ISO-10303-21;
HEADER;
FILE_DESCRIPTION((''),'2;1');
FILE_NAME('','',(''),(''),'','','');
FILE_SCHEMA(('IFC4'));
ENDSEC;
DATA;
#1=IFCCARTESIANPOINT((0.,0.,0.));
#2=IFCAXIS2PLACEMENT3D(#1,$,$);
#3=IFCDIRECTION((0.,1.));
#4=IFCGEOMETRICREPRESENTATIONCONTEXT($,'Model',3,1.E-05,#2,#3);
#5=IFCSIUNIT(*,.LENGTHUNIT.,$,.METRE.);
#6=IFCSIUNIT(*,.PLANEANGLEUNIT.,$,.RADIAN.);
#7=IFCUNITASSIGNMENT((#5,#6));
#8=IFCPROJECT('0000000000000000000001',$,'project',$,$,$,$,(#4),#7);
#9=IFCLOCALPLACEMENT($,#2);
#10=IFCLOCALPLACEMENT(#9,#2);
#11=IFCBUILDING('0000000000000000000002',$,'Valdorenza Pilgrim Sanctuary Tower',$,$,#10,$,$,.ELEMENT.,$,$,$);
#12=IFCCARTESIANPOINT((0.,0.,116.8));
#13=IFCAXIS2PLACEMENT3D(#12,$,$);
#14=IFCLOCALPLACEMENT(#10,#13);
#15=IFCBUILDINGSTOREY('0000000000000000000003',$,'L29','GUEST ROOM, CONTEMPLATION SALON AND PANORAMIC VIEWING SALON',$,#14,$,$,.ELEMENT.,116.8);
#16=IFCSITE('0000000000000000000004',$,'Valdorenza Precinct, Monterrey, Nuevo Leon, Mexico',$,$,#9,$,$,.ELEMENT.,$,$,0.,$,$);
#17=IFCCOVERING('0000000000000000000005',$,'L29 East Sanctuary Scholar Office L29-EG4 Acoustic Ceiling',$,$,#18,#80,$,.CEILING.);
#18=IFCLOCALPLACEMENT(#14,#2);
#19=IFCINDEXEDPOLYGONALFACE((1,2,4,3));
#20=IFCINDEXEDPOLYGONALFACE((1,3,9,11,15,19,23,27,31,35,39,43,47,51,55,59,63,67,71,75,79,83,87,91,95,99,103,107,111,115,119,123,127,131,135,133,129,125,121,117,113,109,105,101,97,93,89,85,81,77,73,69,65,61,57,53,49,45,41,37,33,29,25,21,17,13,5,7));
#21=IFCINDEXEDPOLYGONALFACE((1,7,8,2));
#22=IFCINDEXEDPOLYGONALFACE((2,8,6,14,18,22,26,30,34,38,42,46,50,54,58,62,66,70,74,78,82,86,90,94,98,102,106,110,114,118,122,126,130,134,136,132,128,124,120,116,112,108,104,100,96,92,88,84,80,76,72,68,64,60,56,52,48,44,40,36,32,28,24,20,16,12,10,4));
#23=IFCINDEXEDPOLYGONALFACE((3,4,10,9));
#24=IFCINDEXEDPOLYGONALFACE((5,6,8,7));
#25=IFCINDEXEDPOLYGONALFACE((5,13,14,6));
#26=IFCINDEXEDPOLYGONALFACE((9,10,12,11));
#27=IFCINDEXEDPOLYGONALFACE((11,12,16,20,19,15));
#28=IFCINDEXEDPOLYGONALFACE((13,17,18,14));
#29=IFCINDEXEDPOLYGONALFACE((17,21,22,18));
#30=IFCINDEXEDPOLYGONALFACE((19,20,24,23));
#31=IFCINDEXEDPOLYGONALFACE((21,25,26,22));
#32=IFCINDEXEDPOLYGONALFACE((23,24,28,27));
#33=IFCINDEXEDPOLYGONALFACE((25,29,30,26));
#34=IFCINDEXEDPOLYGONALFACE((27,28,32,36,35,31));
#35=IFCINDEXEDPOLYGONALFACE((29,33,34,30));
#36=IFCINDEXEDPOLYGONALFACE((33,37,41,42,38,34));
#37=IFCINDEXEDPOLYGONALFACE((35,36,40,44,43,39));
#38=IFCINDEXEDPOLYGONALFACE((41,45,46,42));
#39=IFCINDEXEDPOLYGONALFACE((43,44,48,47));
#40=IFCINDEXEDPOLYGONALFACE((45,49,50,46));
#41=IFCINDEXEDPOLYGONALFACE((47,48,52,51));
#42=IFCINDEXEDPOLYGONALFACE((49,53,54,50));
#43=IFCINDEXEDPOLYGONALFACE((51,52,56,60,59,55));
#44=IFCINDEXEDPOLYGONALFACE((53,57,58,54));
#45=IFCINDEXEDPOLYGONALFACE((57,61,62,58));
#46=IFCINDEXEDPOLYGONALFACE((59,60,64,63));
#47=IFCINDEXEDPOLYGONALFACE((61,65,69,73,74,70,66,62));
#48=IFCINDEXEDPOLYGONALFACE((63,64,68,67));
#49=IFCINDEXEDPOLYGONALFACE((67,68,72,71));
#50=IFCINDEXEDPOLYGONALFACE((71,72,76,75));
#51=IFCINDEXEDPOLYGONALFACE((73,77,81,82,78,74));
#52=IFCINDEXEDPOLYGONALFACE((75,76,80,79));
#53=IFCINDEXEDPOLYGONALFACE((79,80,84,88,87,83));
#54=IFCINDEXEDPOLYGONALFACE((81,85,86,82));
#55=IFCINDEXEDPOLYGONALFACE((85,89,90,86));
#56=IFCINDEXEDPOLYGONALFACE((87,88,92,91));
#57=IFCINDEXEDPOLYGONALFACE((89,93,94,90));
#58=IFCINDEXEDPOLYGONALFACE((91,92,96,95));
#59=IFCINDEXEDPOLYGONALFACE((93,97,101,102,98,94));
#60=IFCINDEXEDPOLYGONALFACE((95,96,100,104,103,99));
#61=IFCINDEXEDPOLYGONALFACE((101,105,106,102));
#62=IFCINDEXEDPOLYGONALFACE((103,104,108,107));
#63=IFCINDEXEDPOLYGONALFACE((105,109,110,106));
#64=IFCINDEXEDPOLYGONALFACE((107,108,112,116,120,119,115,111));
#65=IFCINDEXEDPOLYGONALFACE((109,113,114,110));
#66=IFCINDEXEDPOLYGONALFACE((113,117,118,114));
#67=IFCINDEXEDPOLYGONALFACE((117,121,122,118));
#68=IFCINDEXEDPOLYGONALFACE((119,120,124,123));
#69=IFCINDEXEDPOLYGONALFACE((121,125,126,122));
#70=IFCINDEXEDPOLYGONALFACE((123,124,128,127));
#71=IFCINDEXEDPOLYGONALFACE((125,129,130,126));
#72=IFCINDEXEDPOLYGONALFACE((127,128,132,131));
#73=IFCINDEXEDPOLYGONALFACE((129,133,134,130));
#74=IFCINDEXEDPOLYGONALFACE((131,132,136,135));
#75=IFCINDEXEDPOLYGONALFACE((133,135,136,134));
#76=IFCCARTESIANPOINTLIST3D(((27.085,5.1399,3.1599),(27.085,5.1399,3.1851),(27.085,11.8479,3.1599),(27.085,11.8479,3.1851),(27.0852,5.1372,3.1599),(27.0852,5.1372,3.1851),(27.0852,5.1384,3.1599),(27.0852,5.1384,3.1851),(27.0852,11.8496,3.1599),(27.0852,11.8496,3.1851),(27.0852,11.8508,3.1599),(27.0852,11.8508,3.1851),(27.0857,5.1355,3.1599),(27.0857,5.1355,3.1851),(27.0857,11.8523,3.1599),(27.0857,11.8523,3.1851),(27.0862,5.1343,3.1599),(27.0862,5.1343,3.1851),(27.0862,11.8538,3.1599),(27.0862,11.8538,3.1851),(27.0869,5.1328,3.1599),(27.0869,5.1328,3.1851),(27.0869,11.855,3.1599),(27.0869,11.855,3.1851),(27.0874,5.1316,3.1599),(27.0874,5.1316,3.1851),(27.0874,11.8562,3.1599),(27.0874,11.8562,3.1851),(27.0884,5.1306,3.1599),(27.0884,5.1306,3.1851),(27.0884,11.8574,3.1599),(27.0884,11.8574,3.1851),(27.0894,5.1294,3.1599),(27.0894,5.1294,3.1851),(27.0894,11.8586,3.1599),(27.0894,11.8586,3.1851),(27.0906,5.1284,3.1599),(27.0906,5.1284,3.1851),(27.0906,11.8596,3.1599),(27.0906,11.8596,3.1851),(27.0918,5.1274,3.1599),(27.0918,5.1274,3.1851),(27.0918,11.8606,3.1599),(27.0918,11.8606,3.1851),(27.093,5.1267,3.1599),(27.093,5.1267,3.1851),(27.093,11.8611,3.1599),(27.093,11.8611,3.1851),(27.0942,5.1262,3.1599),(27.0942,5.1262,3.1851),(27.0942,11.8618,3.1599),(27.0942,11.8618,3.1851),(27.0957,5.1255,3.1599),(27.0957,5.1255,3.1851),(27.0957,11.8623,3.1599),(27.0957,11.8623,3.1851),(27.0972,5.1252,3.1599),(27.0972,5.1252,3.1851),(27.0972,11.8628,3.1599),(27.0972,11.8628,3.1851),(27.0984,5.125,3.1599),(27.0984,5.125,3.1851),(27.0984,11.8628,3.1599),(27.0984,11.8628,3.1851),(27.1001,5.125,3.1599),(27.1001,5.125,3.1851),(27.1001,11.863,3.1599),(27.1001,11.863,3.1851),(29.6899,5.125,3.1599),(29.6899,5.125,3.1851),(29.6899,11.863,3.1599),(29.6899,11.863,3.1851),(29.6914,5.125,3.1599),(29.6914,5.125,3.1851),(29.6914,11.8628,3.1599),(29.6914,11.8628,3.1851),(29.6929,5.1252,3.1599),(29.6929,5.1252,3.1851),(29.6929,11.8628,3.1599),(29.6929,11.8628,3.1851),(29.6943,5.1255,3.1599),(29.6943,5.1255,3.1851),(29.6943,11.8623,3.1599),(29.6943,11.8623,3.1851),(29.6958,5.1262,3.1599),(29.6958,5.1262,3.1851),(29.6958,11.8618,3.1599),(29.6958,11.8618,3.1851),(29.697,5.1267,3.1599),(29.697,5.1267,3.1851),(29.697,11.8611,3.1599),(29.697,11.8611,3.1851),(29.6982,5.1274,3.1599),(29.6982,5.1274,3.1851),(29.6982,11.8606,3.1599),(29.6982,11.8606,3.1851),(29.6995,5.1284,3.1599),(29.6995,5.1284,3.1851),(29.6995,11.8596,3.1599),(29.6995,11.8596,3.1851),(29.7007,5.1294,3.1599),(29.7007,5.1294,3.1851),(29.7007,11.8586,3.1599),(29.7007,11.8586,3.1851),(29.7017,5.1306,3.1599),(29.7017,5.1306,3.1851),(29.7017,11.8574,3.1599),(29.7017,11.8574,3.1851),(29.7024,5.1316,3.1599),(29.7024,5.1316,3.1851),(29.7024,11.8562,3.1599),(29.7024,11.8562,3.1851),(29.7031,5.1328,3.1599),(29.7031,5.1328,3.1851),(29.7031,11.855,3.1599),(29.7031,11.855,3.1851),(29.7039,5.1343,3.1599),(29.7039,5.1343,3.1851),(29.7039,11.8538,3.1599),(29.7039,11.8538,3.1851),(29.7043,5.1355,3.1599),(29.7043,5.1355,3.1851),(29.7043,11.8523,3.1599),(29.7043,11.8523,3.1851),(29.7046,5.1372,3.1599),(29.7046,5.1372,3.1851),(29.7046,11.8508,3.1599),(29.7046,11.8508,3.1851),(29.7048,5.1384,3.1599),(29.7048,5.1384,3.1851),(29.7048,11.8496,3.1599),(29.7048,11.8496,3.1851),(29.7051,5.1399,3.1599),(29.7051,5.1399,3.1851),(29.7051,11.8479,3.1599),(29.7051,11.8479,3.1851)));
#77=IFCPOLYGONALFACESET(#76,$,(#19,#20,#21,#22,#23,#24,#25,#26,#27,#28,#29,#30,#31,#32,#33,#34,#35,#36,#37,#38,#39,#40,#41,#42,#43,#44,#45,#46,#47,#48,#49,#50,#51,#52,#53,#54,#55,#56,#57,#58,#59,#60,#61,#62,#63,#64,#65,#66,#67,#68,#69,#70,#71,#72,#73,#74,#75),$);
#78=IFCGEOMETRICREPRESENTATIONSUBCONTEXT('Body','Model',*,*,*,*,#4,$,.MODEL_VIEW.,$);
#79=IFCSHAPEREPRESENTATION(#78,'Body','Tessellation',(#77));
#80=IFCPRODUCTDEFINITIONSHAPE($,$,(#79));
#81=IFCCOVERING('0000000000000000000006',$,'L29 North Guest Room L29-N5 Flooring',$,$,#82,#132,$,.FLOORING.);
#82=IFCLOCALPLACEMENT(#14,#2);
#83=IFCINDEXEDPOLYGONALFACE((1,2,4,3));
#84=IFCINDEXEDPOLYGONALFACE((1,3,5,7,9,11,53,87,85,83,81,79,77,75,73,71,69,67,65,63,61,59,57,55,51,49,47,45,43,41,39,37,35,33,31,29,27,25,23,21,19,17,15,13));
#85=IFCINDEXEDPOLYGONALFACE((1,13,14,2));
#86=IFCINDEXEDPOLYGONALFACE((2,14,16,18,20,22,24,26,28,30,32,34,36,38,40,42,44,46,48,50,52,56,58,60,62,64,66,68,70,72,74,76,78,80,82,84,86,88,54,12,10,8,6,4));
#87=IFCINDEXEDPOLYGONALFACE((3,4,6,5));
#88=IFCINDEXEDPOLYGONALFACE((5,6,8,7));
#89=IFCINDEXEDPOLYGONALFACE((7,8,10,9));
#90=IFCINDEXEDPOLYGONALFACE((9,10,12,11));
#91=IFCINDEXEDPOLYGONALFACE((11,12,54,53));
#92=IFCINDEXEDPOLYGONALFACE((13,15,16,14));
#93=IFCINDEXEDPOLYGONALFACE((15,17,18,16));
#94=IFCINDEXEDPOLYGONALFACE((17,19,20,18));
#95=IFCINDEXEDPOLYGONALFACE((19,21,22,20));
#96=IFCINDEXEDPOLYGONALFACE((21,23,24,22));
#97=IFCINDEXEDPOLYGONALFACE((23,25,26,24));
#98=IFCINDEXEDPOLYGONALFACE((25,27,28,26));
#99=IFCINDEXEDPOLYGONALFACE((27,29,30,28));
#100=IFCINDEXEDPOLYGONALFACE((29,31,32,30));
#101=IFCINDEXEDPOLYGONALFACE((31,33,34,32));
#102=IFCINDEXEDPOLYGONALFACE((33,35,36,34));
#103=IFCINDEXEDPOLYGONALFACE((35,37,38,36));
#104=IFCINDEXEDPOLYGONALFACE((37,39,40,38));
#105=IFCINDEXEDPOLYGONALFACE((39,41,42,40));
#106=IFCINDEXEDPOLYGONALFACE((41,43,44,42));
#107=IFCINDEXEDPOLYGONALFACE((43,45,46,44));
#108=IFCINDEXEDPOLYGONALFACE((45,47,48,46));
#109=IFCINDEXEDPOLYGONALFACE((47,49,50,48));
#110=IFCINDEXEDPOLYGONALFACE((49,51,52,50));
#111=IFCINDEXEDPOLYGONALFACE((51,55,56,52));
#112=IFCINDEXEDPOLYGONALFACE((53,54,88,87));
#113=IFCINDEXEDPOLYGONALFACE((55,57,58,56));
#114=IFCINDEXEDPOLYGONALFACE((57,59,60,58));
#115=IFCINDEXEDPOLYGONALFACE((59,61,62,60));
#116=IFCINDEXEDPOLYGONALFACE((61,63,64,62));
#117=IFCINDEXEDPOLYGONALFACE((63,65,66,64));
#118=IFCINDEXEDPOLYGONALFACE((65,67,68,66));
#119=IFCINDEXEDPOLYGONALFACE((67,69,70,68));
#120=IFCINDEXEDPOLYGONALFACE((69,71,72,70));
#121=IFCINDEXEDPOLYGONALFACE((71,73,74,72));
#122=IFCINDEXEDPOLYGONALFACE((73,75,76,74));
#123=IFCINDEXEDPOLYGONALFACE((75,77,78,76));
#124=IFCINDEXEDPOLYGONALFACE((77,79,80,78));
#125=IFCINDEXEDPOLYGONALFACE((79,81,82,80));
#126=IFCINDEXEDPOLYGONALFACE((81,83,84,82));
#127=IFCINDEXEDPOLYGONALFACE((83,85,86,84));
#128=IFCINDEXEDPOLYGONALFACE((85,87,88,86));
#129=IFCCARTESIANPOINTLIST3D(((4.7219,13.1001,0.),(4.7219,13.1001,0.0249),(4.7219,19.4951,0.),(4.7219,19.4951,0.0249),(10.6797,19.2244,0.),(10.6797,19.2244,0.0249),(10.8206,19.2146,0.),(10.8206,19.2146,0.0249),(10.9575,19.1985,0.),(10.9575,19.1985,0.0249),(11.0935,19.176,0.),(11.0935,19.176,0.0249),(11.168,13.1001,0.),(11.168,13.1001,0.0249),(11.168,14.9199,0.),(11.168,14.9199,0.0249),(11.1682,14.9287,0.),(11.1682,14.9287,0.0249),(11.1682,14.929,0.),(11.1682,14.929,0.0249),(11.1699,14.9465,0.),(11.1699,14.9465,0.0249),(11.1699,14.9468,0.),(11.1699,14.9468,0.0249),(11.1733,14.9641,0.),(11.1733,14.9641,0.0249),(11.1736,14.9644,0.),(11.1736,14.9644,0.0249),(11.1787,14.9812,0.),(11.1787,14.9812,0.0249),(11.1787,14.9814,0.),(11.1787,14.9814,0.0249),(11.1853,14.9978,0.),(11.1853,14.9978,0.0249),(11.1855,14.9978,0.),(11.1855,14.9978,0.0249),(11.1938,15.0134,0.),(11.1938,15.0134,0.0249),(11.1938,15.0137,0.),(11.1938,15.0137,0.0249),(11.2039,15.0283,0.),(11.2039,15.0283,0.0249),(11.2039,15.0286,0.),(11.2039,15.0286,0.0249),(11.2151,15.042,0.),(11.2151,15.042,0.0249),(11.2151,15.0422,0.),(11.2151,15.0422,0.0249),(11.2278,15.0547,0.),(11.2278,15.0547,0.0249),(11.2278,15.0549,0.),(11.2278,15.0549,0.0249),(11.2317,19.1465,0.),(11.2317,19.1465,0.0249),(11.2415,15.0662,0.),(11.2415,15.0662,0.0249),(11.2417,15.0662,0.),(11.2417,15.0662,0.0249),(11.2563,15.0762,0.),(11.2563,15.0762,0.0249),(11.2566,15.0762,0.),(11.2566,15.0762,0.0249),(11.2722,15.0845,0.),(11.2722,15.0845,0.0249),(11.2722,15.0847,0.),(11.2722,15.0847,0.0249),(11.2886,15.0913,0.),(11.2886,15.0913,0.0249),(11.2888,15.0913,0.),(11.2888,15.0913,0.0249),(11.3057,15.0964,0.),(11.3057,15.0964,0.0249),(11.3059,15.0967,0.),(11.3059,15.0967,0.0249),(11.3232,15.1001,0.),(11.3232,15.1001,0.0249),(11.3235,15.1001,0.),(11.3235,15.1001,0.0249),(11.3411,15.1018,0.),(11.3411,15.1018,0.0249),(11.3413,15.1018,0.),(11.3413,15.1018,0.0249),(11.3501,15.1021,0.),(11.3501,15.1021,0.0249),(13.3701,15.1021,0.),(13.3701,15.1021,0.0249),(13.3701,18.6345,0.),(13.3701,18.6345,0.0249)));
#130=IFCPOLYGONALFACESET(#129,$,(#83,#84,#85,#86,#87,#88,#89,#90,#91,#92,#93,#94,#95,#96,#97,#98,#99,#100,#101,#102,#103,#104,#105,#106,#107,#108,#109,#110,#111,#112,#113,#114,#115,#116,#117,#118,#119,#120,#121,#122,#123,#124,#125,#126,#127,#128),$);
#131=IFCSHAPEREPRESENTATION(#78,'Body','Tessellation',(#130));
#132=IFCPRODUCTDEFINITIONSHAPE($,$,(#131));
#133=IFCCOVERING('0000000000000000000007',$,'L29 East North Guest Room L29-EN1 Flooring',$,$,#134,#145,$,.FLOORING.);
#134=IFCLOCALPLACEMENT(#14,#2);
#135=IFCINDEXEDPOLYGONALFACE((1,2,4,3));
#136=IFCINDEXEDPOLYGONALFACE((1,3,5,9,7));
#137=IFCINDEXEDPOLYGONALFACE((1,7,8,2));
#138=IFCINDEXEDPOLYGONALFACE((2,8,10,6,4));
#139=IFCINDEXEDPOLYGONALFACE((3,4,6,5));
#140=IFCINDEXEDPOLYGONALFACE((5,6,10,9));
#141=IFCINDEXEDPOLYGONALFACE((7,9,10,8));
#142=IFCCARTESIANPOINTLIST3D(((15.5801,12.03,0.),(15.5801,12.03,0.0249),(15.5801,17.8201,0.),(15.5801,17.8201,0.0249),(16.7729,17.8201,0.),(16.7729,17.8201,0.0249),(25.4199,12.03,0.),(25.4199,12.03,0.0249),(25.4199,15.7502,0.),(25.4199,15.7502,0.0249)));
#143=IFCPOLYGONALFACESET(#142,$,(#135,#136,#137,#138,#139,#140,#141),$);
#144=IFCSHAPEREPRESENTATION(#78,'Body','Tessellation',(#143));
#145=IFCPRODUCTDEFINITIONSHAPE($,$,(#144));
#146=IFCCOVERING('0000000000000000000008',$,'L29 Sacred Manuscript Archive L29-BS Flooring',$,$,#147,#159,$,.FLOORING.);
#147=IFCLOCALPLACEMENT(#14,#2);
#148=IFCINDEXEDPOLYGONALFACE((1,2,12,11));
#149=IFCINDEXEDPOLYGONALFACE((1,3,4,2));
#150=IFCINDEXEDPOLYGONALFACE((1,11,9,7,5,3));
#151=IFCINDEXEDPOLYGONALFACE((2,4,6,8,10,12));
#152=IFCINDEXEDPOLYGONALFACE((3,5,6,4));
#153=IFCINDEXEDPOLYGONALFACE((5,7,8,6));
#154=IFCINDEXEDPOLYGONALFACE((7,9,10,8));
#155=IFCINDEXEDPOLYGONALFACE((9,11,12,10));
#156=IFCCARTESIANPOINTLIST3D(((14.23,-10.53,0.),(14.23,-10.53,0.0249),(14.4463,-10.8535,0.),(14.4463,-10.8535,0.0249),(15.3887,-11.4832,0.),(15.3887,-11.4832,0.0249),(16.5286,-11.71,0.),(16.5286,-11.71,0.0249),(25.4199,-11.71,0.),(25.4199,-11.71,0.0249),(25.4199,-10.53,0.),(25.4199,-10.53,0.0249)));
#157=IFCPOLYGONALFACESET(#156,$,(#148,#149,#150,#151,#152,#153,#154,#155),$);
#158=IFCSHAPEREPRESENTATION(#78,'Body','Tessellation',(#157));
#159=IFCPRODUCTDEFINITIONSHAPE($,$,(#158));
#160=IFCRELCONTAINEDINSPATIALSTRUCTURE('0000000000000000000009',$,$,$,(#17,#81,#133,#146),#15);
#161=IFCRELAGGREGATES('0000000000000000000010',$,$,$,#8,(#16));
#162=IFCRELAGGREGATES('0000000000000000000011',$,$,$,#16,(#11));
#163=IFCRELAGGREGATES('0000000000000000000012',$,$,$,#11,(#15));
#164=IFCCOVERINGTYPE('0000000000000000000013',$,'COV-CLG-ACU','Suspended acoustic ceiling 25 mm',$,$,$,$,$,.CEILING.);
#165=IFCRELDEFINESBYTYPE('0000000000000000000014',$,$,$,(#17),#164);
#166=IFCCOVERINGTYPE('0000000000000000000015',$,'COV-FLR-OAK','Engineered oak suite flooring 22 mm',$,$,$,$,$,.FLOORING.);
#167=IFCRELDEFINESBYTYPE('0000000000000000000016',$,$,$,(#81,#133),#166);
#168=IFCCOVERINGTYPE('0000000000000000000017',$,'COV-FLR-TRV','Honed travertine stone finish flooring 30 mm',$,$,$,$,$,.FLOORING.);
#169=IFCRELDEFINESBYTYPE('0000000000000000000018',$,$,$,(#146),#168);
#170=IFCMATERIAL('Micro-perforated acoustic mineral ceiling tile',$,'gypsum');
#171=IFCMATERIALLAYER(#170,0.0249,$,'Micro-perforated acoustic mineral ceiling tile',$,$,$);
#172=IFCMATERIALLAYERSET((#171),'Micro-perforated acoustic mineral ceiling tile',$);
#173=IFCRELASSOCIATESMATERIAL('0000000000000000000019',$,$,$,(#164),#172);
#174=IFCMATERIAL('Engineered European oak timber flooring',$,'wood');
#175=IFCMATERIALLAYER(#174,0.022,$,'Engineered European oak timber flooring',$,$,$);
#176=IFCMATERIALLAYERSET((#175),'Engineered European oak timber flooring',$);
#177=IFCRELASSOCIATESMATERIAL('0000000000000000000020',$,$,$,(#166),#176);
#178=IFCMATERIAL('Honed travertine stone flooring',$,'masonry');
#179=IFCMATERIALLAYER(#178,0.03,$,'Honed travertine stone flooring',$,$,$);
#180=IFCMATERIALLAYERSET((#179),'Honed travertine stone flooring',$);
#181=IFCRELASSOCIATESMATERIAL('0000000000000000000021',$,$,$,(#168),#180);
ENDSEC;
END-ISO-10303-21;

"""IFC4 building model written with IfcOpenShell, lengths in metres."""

from ifc_helpers import new_model, si_unit, direction, frame, origin, place, context, subcontext, project, spatial, polyline, outline, extrude, material, layer, layer_set, type_object, element, save


model = new_model("IFC4")

# Units and contexts
model_context = context("Model", 3, precision=1e-05, world=origin(), true_north=direction((0.0, 1.0)))
body_context = subcontext(model_context, "Body", "Model", "MODEL_VIEW")
ifc_project = project(units=[si_unit("LENGTHUNIT", "METRE"), si_unit("PLANEANGLEUNIT", "RADIAN")], contexts=[model_context])

# Site, building, storey
site_placement = place(None, origin())
site = spatial("IfcSite", under=ifc_project, at=site_placement, Name="Valdorenza Precinct, Monterrey, Nuevo Leon, Mexico", CompositionType="ELEMENT", RefElevation=0.0)
building_placement = place(site_placement, origin())
building = spatial("IfcBuilding", under=site, at=building_placement, Name="Valdorenza Pilgrim Sanctuary Tower", CompositionType="ELEMENT")
storey_placement = place(building_placement, frame((0.0, 0.0, 116.8)))
storey = spatial("IfcBuildingStorey", under=building, at=storey_placement, Name="L29", Description="GUEST ROOM, CONTEMPLATION SALON AND PANORAMIC VIEWING SALON", CompositionType="ELEMENT", Elevation=116.8)

# Coverings
ifc_material_1 = material(Name="Micro-perforated acoustic mineral ceiling tile", Category="gypsum")
ifc_layer_1 = layer(ifc_material_1, 0.0249, Name="Micro-perforated acoustic mineral ceiling tile")
ifc_layer_set_1 = layer_set([ifc_layer_1], Name="Micro-perforated acoustic mineral ceiling tile")
covering_type_1 = type_object("IfcCoveringType", Name="COV-CLG-ACU", Description="Suspended acoustic ceiling 25 mm", PredefinedType="CEILING", material=ifc_layer_set_1)
covering_1_placement = place(storey_placement, frame((0.0, 0.0, 3.1599)))
element("IfcCovering", 1, at=covering_1_placement, inside=storey, type_object=covering_type_1, Name="L29 East Sanctuary Scholar Office L29-EG4 Acoustic Ceiling", PredefinedType="CEILING", context=body_context, shape_type="SweptSolid", body=[
    extrude(outline(polyline([(27.085, 11.8479), (27.0852, 11.8496), (27.0852, 11.8508), (27.0857, 11.8523), (27.0862, 11.8538), (27.0869, 11.855), (27.0874, 11.8562), (27.0884, 11.8574), (27.0894, 11.8586), (27.0906, 11.8596), (27.0918, 11.8606), (27.093, 11.8611), (27.0942, 11.8618), (27.0957, 11.8623), (27.0972, 11.8628), (27.0984, 11.8628), (27.1001, 11.863), (29.6899, 11.863), (29.6914, 11.8628), (29.6929, 11.8628), (29.6943, 11.8623), (29.6958, 11.8618), (29.697, 11.8611), (29.6982, 11.8606), (29.6995, 11.8596), (29.7007, 11.8586), (29.7017, 11.8574), (29.7024, 11.8562), (29.7031, 11.855), (29.7039, 11.8538), (29.7043, 11.8523), (29.7046, 11.8508), (29.7048, 11.8496), (29.7051, 11.8479), (29.7051, 5.1399), (29.7048, 5.1384), (29.7046, 5.1372), (29.7043, 5.1355), (29.7039, 5.1343), (29.7031, 5.1328), (29.7024, 5.1316), (29.7017, 5.1306), (29.7007, 5.1294), (29.6995, 5.1284), (29.6982, 5.1274), (29.697, 5.1267), (29.6958, 5.1262), (29.6943, 5.1255), (29.6929, 5.1252), (29.6914, 5.125), (29.6899, 5.125), (27.1001, 5.125), (27.0984, 5.125), (27.0972, 5.1252), (27.0957, 5.1255), (27.0942, 5.1262), (27.093, 5.1267), (27.0918, 5.1274), (27.0906, 5.1284), (27.0894, 5.1294), (27.0884, 5.1306), (27.0874, 5.1316), (27.0869, 5.1328), (27.0862, 5.1343), (27.0857, 5.1355), (27.0852, 5.1372), (27.0852, 5.1384), (27.085, 5.1399), (27.085, 11.8479)])), origin(), (0.0, 0.0, 1.0), 0.0251),
])
ifc_material_2 = material(Name="Engineered European oak timber flooring", Category="wood")
ifc_layer_2 = layer(ifc_material_2, 0.022, Name="Engineered European oak timber flooring")
ifc_layer_set_2 = layer_set([ifc_layer_2], Name="Engineered European oak timber flooring")
covering_type_2 = type_object("IfcCoveringType", Name="COV-FLR-OAK", Description="Engineered oak suite flooring 22 mm", PredefinedType="FLOORING", material=ifc_layer_set_2)
covering_2_placement = place(storey_placement, origin())
element("IfcCovering", 2, at=covering_2_placement, inside=storey, type_object=covering_type_2, Name="L29 North Guest Room L29-N5 Flooring", PredefinedType="FLOORING", context=body_context, shape_type="SweptSolid", body=[
    extrude(outline(polyline([(10.6797, 19.2244), (10.8206, 19.2146), (10.9575, 19.1985), (11.0935, 19.176), (11.2317, 19.1465), (13.3701, 18.6345), (13.3701, 15.1021), (11.3501, 15.1021), (11.3413, 15.1018), (11.3411, 15.1018), (11.3235, 15.1001), (11.3232, 15.1001), (11.3059, 15.0967), (11.3057, 15.0964), (11.2888, 15.0913), (11.2886, 15.0913), (11.2722, 15.0847), (11.2722, 15.0845), (11.2566, 15.0762), (11.2563, 15.0762), (11.2417, 15.0662), (11.2415, 15.0662), (11.2278, 15.0549), (11.2278, 15.0547), (11.2151, 15.0422), (11.2151, 15.042), (11.2039, 15.0286), (11.2039, 15.0283), (11.1938, 15.0137), (11.1938, 15.0134), (11.1855, 14.9978), (11.1853, 14.9978), (11.1787, 14.9814), (11.1787, 14.9812), (11.1736, 14.9644), (11.1733, 14.9641), (11.1699, 14.9468), (11.1699, 14.9465), (11.1682, 14.929), (11.1682, 14.9287), (11.168, 14.9199), (11.168, 13.1001), (4.7219, 13.1001), (4.7219, 19.4951), (10.6797, 19.2244)])), origin(), (0.0, 0.0, 1.0), 0.0249),
])
covering_3_placement = place(storey_placement, origin())
element("IfcCovering", 3, at=covering_3_placement, inside=storey, type_object=covering_type_2, Name="L29 East North Guest Room L29-EN1 Flooring", PredefinedType="FLOORING", context=body_context, shape_type="SweptSolid", body=[
    extrude(outline(polyline([(16.7729, 17.8201), (25.4199, 15.7502), (25.4199, 12.03), (15.5801, 12.03), (15.5801, 17.8201), (16.7729, 17.8201)])), origin(), (0.0, 0.0, 1.0), 0.0249),
])
ifc_material_3 = material(Name="Honed travertine stone flooring", Category="masonry")
ifc_layer_3 = layer(ifc_material_3, 0.03, Name="Honed travertine stone flooring")
ifc_layer_set_3 = layer_set([ifc_layer_3], Name="Honed travertine stone flooring")
covering_type_3 = type_object("IfcCoveringType", Name="COV-FLR-TRV", Description="Honed travertine stone finish flooring 30 mm", PredefinedType="FLOORING", material=ifc_layer_set_3)
covering_4_placement = place(storey_placement, origin())
element("IfcCovering", 4, at=covering_4_placement, inside=storey, type_object=covering_type_3, Name="L29 Sacred Manuscript Archive L29-BS Flooring", PredefinedType="FLOORING", context=body_context, shape_type="SweptSolid", body=[
    extrude(outline(polyline([(25.4199, -11.71), (16.5286, -11.71), (15.3887, -11.4832), (14.4463, -10.8535), (14.23, -10.53), (25.4199, -10.53), (25.4199, -11.71)])), origin(), (0.0, 0.0, 1.0), 0.0249),
])

save(model, "model.ifc")
